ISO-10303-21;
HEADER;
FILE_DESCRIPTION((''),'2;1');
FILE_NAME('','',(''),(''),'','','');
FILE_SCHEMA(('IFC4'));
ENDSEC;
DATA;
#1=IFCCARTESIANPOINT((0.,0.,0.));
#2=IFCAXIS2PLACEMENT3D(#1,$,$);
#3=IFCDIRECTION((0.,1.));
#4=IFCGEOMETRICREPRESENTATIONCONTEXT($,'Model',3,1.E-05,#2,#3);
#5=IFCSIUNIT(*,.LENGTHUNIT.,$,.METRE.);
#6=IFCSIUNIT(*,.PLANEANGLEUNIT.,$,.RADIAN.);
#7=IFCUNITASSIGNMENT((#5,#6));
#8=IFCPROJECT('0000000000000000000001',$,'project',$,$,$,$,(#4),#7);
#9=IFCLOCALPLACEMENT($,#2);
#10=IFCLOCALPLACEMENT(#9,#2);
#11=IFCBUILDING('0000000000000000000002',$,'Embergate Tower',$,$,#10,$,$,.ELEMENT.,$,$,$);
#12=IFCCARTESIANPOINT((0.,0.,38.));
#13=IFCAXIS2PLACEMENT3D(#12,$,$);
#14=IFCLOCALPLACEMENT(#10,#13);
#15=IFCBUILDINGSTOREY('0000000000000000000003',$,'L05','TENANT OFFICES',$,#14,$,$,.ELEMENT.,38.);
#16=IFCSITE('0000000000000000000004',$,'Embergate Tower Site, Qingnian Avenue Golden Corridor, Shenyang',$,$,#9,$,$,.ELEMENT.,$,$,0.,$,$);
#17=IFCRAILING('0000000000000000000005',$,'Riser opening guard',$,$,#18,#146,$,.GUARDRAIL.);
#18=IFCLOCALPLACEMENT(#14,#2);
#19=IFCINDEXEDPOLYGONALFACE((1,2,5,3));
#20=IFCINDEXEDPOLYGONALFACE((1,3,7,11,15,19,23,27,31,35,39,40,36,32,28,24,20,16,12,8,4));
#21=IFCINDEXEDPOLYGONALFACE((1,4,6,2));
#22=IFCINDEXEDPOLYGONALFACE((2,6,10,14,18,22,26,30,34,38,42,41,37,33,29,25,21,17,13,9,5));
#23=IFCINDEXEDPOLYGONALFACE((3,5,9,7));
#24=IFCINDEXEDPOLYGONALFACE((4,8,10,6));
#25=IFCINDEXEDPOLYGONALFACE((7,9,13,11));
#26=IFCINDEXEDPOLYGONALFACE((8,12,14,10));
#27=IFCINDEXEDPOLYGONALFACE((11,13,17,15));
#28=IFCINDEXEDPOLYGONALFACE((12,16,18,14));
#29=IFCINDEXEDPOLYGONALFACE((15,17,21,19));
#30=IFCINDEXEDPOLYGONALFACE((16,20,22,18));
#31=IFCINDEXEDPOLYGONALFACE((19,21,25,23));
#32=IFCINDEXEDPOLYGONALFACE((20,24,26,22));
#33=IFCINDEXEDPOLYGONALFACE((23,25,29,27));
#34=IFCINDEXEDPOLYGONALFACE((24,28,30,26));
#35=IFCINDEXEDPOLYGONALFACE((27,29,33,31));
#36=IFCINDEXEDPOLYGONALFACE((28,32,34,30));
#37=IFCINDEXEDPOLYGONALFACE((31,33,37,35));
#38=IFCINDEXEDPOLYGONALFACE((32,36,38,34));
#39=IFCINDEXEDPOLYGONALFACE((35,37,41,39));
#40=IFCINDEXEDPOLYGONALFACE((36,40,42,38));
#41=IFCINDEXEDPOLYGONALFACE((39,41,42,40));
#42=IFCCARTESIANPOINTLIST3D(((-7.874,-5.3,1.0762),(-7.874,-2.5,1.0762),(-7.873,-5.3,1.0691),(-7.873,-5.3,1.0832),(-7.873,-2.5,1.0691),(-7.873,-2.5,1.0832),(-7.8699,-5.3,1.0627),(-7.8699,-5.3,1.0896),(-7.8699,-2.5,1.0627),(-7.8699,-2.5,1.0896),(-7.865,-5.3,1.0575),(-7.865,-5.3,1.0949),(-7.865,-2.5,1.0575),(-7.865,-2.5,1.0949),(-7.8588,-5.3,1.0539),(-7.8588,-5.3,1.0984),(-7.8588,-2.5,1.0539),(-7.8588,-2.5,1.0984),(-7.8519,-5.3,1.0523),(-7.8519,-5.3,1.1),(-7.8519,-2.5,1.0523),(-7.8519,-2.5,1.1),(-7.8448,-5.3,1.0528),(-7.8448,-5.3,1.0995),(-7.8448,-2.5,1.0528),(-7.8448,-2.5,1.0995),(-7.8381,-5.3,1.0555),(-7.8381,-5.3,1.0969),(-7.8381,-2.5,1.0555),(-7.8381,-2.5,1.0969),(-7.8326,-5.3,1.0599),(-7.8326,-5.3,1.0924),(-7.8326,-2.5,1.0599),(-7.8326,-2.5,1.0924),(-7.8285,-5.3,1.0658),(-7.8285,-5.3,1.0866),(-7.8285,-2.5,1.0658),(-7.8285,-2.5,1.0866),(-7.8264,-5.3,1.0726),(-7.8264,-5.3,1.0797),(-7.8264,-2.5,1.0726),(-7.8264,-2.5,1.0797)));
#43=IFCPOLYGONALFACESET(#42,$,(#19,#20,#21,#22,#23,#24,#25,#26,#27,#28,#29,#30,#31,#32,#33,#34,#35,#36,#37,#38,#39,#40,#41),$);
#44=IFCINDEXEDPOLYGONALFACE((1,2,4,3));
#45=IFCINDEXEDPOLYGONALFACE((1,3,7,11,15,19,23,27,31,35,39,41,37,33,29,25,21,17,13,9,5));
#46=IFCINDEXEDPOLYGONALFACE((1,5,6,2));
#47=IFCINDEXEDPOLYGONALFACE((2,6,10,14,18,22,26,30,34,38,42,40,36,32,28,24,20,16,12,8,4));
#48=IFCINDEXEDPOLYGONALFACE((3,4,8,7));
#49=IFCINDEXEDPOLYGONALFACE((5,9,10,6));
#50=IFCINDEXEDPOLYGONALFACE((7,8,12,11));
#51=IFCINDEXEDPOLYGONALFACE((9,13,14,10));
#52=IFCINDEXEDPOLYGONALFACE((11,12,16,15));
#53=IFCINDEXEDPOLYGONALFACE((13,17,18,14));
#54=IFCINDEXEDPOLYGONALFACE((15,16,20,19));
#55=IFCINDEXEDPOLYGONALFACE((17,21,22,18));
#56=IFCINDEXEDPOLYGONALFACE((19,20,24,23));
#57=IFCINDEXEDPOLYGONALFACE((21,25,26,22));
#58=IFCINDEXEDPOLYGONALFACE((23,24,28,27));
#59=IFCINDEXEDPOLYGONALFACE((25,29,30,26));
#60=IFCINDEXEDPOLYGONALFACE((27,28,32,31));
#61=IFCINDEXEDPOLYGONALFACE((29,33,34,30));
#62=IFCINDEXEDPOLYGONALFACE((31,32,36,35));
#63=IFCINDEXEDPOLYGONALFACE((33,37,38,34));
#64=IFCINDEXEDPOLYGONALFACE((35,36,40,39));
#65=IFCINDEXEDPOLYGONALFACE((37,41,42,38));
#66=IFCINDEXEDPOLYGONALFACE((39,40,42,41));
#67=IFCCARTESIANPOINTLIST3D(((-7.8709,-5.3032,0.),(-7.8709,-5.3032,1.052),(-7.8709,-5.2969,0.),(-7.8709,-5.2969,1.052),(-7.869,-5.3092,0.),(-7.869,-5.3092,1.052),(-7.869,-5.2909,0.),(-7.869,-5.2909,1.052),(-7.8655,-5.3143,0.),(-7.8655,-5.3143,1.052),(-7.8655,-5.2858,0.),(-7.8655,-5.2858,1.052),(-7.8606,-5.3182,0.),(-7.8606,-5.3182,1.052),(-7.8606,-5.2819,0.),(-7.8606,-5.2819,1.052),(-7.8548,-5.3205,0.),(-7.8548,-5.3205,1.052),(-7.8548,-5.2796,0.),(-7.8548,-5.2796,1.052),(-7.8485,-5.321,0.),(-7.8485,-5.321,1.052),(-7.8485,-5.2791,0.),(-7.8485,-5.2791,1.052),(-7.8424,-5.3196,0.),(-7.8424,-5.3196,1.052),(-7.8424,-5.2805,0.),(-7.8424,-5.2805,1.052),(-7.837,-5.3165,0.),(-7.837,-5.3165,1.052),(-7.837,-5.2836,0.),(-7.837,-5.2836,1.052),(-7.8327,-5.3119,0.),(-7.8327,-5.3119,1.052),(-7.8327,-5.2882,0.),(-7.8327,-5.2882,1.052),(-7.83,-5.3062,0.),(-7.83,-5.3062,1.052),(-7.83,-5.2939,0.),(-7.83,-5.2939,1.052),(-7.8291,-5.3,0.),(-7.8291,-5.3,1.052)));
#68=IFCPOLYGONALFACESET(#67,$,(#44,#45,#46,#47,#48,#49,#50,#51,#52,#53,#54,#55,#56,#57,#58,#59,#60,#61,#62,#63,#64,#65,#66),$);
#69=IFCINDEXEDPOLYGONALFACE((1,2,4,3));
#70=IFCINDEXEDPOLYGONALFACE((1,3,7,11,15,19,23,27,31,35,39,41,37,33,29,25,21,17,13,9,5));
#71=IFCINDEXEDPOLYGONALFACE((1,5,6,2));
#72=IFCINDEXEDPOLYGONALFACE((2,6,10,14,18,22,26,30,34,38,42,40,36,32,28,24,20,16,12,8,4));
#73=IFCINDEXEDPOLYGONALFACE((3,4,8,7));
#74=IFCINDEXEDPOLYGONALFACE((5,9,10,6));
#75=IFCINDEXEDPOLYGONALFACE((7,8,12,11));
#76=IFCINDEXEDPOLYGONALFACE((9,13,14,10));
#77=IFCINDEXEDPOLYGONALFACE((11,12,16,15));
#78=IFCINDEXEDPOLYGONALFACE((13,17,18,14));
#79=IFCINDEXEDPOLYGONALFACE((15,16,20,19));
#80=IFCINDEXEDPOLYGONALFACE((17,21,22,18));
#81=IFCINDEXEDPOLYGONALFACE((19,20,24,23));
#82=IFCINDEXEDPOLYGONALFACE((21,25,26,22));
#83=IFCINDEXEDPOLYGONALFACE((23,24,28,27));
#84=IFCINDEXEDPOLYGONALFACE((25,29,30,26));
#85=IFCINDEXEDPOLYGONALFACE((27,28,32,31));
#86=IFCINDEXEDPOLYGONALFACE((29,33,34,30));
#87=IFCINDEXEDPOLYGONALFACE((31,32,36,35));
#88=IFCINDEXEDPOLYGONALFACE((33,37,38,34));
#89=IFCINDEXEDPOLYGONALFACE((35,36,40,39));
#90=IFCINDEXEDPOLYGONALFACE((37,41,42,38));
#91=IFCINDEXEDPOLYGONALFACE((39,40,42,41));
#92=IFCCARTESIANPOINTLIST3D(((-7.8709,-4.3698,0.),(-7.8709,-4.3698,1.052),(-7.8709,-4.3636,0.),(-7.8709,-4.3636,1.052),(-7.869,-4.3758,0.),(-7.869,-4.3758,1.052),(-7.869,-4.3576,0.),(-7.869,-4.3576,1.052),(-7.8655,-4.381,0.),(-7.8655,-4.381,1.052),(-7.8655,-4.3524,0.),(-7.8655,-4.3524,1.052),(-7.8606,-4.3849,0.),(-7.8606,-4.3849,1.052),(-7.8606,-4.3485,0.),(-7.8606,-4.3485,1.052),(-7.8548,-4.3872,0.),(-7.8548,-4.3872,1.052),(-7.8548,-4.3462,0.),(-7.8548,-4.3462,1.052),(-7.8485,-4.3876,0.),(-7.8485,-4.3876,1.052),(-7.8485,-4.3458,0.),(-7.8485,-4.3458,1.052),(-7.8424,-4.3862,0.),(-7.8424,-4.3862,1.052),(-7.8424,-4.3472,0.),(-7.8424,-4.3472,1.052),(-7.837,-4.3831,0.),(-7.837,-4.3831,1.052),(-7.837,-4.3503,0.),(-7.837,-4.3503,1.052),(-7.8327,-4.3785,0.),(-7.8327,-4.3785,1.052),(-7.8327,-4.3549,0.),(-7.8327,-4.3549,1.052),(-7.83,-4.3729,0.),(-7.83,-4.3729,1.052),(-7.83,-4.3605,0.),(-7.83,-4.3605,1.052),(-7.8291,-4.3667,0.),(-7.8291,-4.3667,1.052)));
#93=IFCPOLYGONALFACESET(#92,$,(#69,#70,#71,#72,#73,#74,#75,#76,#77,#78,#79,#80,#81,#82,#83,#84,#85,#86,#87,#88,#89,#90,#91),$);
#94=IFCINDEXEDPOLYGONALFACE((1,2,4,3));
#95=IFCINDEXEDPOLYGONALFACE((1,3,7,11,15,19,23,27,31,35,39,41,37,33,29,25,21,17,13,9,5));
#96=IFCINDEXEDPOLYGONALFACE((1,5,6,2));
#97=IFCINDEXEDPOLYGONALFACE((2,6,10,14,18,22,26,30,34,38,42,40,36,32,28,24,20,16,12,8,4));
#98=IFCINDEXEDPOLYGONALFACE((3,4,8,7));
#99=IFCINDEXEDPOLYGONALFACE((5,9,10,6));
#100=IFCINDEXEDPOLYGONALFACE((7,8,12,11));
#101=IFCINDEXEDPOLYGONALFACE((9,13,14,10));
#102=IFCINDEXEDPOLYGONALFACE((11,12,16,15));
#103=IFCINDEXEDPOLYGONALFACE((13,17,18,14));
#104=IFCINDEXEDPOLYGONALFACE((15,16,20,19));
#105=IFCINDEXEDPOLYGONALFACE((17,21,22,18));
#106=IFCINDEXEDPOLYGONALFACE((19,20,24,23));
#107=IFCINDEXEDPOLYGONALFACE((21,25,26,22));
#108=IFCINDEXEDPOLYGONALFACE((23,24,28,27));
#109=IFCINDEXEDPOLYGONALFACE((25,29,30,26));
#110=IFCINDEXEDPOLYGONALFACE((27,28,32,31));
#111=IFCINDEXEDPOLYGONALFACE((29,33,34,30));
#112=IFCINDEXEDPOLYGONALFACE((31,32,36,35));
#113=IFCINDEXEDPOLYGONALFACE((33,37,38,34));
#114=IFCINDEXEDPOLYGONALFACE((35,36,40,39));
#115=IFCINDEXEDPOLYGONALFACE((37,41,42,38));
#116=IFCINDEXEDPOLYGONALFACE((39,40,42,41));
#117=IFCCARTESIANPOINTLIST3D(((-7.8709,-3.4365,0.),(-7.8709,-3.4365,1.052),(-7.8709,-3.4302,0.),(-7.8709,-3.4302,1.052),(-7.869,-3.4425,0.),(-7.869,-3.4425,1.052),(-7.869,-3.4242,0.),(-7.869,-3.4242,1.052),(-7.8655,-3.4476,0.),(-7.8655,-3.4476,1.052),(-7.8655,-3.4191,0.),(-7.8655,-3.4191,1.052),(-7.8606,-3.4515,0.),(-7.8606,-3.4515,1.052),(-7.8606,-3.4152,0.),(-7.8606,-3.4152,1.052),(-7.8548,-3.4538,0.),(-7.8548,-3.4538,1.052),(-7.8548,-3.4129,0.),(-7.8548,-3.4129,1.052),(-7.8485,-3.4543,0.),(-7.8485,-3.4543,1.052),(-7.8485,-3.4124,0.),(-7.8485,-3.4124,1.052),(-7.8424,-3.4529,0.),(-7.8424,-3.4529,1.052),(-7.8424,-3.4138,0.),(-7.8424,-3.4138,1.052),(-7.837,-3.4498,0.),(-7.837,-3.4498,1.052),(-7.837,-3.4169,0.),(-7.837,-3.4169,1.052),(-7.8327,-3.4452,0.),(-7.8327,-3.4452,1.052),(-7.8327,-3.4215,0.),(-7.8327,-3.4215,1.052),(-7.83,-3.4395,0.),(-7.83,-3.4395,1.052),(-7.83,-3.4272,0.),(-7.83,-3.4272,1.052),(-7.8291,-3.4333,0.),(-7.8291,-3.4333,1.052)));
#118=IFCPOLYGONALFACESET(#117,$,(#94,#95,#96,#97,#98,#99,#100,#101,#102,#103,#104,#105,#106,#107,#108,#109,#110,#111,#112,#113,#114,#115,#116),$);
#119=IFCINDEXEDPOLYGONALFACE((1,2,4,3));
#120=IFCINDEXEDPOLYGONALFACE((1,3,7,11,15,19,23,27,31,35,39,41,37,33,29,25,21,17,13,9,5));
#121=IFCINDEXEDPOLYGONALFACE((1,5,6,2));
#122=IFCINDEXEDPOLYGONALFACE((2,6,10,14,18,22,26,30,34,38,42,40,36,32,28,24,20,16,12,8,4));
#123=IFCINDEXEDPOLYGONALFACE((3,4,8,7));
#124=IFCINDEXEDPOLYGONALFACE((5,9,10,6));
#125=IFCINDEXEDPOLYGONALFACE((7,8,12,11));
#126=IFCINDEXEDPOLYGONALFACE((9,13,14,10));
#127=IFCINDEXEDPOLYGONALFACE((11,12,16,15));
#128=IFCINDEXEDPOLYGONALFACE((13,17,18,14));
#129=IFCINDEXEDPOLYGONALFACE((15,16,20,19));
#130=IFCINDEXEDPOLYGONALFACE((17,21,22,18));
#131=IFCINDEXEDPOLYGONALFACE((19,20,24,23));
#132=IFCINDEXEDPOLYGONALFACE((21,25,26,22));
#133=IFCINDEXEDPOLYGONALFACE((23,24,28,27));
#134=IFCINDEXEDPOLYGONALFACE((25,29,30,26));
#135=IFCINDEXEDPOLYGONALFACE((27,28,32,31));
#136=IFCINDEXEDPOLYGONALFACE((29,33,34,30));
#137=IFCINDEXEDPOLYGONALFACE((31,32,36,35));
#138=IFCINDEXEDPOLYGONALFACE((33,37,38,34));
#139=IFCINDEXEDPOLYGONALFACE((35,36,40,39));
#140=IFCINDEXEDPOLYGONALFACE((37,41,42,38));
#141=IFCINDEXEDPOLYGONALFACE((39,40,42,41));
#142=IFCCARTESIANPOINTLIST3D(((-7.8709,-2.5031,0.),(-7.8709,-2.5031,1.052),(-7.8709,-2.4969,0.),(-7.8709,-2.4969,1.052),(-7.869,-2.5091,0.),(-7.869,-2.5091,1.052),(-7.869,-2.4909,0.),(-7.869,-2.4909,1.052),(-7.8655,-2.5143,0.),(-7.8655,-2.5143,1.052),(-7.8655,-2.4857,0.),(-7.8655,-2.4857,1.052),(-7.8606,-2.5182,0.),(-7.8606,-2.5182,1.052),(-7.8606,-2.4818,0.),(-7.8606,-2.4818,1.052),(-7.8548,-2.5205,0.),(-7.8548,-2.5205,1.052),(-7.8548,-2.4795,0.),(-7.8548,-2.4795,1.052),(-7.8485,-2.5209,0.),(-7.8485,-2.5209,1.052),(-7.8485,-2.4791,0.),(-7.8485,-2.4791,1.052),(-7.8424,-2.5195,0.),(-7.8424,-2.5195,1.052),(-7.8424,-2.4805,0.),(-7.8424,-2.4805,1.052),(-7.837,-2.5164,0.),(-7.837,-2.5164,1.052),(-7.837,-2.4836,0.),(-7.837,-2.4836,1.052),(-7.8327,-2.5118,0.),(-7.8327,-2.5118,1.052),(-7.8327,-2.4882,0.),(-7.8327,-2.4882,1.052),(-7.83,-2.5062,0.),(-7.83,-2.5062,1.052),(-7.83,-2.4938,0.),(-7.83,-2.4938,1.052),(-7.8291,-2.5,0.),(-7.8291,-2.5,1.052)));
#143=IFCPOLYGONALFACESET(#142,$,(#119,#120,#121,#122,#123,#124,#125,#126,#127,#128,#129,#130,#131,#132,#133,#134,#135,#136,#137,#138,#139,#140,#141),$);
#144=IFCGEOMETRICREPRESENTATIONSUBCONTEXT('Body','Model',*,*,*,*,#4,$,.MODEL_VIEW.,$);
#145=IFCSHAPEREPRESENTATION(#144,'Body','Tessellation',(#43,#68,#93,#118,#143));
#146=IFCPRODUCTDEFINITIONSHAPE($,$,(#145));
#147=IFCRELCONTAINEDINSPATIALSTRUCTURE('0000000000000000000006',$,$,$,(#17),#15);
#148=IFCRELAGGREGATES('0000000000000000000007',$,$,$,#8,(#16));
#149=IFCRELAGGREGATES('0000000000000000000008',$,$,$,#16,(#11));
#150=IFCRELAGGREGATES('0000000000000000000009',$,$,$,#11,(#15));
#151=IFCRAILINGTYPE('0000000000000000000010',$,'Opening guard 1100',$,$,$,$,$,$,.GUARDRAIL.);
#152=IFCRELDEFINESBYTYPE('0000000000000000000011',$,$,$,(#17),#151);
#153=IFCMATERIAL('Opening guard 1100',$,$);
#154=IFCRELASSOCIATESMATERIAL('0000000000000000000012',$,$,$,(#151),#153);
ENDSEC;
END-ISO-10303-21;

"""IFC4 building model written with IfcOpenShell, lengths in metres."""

from ifc_helpers import new_model, si_unit, direction, frame, origin, origin_2d, place, context, subcontext, project, spatial, circle, extrude, source, transform, mapped, material, type_object, element, save


model = new_model("IFC4")

# Units and contexts
model_context = context("Model", 3, precision=1e-05, world=origin(), true_north=direction((0.0, 1.0)))
body_context = subcontext(model_context, "Body", "Model", "MODEL_VIEW")
ifc_project = project(units=[si_unit("LENGTHUNIT", "METRE"), si_unit("PLANEANGLEUNIT", "RADIAN")], contexts=[model_context])

# Site, building, storey
site_placement = place(None, origin())
site = spatial("IfcSite", under=ifc_project, at=site_placement, Name="Embergate Tower Site, Qingnian Avenue Golden Corridor, Shenyang", CompositionType="ELEMENT", RefElevation=0.0)
building_placement = place(site_placement, origin())
building = spatial("IfcBuilding", under=site, at=building_placement, Name="Embergate Tower", CompositionType="ELEMENT")
storey_placement = place(building_placement, frame((0.0, 0.0, 38.0)))
storey = spatial("IfcBuildingStorey", under=building, at=storey_placement, Name="L05", Description="TENANT OFFICES", CompositionType="ELEMENT", Elevation=38.0)

# Railing
ifc_material_1 = material(Name="Opening guard 1100")
railing_type = type_object("IfcRailingType", Name="Opening guard 1100", PredefinedType="GUARDRAIL", material=ifc_material_1)
shared_shape_1 = source(origin(), body_context, "Body", "SweptSolid", [
    extrude(circle(Radius=0.0239, at=origin_2d()), frame((0.0, 0.0, 1.0762), z_axis=(0.0, 1.0, 0.0), x_axis=(-1.0, 0.0, 0.0)), (0.0, 0.0, 1.0), 2.8),
    extrude(circle(Radius=0.021, at=origin_2d()), origin(), (0.0, 0.0, 1.0), 1.052),
    extrude(circle(Radius=0.021, at=origin_2d()), frame((0.0, 0.9333, 0.0)), (0.0, 0.0, 1.0), 1.052),
    extrude(circle(Radius=0.021, at=origin_2d()), frame((0.0, 1.8667, 0.0)), (0.0, 0.0, 1.0), 1.052),
    extrude(circle(Radius=0.021, at=origin_2d()), frame((0.0, 2.8, 0.0)), (0.0, 0.0, 1.0), 1.052),
])
railing_placement = place(storey_placement, frame((-7.8501, -5.3, 0.0)))
element("IfcRailing", 1, at=railing_placement, inside=storey, type_object=railing_type, Name="Riser opening guard", PredefinedType="GUARDRAIL", context=body_context, shape_type="MappedRepresentation", body=[
    mapped(shared_shape_1, transform((0.0, 0.0, 0.0))),
])

save(model, "model.ifc")
